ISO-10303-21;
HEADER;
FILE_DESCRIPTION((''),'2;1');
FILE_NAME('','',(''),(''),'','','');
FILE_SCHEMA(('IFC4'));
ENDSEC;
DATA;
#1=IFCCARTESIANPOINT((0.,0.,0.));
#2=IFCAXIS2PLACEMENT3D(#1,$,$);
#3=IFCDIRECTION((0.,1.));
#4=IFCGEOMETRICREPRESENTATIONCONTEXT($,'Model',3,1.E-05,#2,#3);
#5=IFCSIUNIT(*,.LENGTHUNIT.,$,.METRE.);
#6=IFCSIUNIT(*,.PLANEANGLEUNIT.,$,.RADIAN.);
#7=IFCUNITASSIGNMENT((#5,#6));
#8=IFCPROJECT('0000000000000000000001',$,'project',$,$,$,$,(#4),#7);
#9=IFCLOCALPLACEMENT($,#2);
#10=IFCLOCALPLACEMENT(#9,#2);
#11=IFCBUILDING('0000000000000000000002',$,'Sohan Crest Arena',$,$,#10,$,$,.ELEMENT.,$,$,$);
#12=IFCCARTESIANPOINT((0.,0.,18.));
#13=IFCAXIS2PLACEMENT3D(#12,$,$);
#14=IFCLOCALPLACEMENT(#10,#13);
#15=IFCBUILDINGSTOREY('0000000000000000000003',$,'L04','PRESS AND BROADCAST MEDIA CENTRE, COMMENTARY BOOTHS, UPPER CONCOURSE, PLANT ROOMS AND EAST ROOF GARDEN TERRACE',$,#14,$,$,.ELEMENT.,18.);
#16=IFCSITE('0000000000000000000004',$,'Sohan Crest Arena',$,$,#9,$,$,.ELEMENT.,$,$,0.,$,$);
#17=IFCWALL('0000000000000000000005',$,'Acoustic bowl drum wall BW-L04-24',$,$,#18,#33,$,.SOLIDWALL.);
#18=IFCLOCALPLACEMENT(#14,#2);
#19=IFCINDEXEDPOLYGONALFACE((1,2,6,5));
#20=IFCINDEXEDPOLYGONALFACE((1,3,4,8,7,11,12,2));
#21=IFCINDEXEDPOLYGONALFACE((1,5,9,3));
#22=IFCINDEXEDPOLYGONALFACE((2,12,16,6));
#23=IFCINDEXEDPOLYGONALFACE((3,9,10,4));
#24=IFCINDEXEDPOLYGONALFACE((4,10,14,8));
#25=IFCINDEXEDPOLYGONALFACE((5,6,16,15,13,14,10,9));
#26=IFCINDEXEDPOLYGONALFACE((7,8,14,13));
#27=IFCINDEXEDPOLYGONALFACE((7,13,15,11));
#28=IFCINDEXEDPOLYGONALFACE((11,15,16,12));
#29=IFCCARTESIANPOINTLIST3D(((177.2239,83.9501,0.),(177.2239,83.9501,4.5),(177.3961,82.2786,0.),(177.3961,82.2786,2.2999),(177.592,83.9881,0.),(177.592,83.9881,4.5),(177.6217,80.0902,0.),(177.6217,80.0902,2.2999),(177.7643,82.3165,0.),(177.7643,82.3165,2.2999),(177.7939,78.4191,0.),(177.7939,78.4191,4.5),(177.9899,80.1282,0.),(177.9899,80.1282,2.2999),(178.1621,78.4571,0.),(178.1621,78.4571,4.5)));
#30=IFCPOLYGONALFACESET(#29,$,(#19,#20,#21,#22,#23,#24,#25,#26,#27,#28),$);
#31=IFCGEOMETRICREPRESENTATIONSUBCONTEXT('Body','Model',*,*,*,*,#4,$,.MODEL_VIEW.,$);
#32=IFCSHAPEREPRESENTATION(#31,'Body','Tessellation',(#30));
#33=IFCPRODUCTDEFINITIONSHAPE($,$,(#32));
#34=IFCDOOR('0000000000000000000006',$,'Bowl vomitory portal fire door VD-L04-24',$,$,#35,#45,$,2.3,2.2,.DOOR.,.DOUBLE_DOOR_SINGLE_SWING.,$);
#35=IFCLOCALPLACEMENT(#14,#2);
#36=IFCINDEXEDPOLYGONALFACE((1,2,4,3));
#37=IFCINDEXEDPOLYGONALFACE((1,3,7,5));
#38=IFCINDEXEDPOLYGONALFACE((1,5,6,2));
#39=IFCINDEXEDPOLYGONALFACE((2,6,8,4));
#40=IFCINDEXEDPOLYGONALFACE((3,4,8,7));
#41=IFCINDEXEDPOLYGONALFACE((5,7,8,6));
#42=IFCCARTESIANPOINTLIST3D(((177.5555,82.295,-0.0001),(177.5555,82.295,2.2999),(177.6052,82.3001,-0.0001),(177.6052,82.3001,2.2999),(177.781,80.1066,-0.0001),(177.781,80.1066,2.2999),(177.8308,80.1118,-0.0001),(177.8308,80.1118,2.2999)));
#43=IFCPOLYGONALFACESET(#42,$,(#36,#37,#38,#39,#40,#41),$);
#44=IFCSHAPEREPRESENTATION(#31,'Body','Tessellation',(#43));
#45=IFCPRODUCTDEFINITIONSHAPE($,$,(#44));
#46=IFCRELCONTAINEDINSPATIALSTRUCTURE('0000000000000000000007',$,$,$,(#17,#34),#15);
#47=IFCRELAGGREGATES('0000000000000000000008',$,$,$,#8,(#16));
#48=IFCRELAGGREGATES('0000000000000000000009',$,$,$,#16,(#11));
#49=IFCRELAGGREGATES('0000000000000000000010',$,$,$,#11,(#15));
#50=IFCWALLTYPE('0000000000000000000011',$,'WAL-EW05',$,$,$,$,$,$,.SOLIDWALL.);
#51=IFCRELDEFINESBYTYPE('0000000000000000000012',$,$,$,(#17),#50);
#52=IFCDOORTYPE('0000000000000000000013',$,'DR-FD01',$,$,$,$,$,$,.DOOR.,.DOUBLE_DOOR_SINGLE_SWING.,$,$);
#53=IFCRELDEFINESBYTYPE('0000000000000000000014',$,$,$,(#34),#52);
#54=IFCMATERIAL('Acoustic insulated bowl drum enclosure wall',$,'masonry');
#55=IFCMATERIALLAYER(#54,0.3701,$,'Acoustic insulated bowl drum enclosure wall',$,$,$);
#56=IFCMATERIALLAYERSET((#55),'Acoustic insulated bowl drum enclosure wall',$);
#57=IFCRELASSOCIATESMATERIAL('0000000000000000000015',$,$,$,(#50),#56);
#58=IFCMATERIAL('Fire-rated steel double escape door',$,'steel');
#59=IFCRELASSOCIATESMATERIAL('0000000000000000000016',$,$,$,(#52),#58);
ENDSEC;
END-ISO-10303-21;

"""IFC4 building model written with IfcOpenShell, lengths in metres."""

from ifc_helpers import new_model, si_unit, direction, frame, frame_2d, origin, place, context, subcontext, project, spatial, rectangle, extrude, material, layer, layer_set, type_object, element, fill, save


model = new_model("IFC4")

# Units and contexts
model_context = context("Model", 3, precision=1e-05, world=origin(), true_north=direction((0.0, 1.0)))
body_context = subcontext(model_context, "Body", "Model", "MODEL_VIEW")
ifc_project = project(units=[si_unit("LENGTHUNIT", "METRE"), si_unit("PLANEANGLEUNIT", "RADIAN")], contexts=[model_context])

# Site, building, storey
site_placement = place(None, origin())
site = spatial("IfcSite", under=ifc_project, at=site_placement, Name="Sohan Crest Arena", CompositionType="ELEMENT", RefElevation=0.0)
building_placement = place(site_placement, origin())
building = spatial("IfcBuilding", under=site, at=building_placement, Name="Sohan Crest Arena", CompositionType="ELEMENT")
storey_placement = place(building_placement, frame((0.0, 0.0, 18.0)))
storey = spatial("IfcBuildingStorey", under=building, at=storey_placement, Name="L04", Description="PRESS AND BROADCAST MEDIA CENTRE, COMMENTARY BOOTHS, UPPER CONCOURSE, PLANT ROOMS AND EAST ROOF GARDEN TERRACE", CompositionType="ELEMENT", Elevation=18.0)

# Shared definitions
ifc_material_1 = material(Name="Acoustic insulated bowl drum enclosure wall", Category="masonry")
ifc_layer = layer(ifc_material_1, 0.3701, Name="Acoustic insulated bowl drum enclosure wall")
ifc_layer_set = layer_set([ifc_layer], Name="Acoustic insulated bowl drum enclosure wall")
wall_type = type_object("IfcWallType", Name="WAL-EW05", PredefinedType="SOLIDWALL", material=ifc_layer_set)

# Wall, opening, door
wall_1_placement = place(storey_placement, frame((177.978, 78.438, 0.0), z_axis=(0.0, 0.0, 1.0), x_axis=(-0.102525, 0.99473, 0.0)))
wall_1 = element("IfcWall", 1, at=wall_1_placement, inside=storey, type_object=wall_type, Name="Acoustic bowl drum wall BW-L04-24", PredefinedType="SOLIDWALL", context=body_context, shape_type="SweptSolid", body=[
    extrude(rectangle(XDim=5.5603, YDim=0.3701, at=frame_2d((2.7803, 0.0))), origin(), (0.0, 0.0, 1.0), 4.5),
])
opening_placement = place(wall_1_placement, frame((1.6799, 0.0, 0.0)))
opening = element("IfcOpeningElement", 2, at=opening_placement, cuts=wall_1, PredefinedType="OPENING", context=body_context, shape_type="SweptSolid", body=[
    extrude(rectangle(XDim=2.2, YDim=2.3, at=frame_2d((1.1001, 1.1499))), frame((0.0, 0.1951, 0.0), z_axis=(0.0, -1.0, 0.0), x_axis=(1.0, 0.0, 0.0)), (0.0, 0.0, 1.0), 0.3901),
])
ifc_material_2 = material(Name="Fire-rated steel double escape door", Category="steel")
door_type = type_object("IfcDoorType", Name="DR-FD01", OperationType="DOUBLE_DOOR_SINGLE_SWING", PredefinedType="DOOR", material=ifc_material_2)
door_placement = place(opening_placement, origin())
door = element("IfcDoor", 3, at=door_placement, inside=storey, type_object=door_type, Name="Bowl vomitory portal fire door VD-L04-24", OperationType="DOUBLE_DOOR_SINGLE_SWING", OverallHeight=2.3, OverallWidth=2.2, PredefinedType="DOOR", context=body_context, shape_type="SweptSolid", body=[
    extrude(rectangle(XDim=2.2, YDim=2.3, at=frame_2d((1.1001, 1.1499))), frame((0.0, 0.0249, 0.0), z_axis=(0.0, -1.0, 0.0), x_axis=(1.0, 0.0, 0.0)), (0.0, 0.0, 1.0), 0.05),
])
fill(opening, door)

save(model, "model.ifc")
